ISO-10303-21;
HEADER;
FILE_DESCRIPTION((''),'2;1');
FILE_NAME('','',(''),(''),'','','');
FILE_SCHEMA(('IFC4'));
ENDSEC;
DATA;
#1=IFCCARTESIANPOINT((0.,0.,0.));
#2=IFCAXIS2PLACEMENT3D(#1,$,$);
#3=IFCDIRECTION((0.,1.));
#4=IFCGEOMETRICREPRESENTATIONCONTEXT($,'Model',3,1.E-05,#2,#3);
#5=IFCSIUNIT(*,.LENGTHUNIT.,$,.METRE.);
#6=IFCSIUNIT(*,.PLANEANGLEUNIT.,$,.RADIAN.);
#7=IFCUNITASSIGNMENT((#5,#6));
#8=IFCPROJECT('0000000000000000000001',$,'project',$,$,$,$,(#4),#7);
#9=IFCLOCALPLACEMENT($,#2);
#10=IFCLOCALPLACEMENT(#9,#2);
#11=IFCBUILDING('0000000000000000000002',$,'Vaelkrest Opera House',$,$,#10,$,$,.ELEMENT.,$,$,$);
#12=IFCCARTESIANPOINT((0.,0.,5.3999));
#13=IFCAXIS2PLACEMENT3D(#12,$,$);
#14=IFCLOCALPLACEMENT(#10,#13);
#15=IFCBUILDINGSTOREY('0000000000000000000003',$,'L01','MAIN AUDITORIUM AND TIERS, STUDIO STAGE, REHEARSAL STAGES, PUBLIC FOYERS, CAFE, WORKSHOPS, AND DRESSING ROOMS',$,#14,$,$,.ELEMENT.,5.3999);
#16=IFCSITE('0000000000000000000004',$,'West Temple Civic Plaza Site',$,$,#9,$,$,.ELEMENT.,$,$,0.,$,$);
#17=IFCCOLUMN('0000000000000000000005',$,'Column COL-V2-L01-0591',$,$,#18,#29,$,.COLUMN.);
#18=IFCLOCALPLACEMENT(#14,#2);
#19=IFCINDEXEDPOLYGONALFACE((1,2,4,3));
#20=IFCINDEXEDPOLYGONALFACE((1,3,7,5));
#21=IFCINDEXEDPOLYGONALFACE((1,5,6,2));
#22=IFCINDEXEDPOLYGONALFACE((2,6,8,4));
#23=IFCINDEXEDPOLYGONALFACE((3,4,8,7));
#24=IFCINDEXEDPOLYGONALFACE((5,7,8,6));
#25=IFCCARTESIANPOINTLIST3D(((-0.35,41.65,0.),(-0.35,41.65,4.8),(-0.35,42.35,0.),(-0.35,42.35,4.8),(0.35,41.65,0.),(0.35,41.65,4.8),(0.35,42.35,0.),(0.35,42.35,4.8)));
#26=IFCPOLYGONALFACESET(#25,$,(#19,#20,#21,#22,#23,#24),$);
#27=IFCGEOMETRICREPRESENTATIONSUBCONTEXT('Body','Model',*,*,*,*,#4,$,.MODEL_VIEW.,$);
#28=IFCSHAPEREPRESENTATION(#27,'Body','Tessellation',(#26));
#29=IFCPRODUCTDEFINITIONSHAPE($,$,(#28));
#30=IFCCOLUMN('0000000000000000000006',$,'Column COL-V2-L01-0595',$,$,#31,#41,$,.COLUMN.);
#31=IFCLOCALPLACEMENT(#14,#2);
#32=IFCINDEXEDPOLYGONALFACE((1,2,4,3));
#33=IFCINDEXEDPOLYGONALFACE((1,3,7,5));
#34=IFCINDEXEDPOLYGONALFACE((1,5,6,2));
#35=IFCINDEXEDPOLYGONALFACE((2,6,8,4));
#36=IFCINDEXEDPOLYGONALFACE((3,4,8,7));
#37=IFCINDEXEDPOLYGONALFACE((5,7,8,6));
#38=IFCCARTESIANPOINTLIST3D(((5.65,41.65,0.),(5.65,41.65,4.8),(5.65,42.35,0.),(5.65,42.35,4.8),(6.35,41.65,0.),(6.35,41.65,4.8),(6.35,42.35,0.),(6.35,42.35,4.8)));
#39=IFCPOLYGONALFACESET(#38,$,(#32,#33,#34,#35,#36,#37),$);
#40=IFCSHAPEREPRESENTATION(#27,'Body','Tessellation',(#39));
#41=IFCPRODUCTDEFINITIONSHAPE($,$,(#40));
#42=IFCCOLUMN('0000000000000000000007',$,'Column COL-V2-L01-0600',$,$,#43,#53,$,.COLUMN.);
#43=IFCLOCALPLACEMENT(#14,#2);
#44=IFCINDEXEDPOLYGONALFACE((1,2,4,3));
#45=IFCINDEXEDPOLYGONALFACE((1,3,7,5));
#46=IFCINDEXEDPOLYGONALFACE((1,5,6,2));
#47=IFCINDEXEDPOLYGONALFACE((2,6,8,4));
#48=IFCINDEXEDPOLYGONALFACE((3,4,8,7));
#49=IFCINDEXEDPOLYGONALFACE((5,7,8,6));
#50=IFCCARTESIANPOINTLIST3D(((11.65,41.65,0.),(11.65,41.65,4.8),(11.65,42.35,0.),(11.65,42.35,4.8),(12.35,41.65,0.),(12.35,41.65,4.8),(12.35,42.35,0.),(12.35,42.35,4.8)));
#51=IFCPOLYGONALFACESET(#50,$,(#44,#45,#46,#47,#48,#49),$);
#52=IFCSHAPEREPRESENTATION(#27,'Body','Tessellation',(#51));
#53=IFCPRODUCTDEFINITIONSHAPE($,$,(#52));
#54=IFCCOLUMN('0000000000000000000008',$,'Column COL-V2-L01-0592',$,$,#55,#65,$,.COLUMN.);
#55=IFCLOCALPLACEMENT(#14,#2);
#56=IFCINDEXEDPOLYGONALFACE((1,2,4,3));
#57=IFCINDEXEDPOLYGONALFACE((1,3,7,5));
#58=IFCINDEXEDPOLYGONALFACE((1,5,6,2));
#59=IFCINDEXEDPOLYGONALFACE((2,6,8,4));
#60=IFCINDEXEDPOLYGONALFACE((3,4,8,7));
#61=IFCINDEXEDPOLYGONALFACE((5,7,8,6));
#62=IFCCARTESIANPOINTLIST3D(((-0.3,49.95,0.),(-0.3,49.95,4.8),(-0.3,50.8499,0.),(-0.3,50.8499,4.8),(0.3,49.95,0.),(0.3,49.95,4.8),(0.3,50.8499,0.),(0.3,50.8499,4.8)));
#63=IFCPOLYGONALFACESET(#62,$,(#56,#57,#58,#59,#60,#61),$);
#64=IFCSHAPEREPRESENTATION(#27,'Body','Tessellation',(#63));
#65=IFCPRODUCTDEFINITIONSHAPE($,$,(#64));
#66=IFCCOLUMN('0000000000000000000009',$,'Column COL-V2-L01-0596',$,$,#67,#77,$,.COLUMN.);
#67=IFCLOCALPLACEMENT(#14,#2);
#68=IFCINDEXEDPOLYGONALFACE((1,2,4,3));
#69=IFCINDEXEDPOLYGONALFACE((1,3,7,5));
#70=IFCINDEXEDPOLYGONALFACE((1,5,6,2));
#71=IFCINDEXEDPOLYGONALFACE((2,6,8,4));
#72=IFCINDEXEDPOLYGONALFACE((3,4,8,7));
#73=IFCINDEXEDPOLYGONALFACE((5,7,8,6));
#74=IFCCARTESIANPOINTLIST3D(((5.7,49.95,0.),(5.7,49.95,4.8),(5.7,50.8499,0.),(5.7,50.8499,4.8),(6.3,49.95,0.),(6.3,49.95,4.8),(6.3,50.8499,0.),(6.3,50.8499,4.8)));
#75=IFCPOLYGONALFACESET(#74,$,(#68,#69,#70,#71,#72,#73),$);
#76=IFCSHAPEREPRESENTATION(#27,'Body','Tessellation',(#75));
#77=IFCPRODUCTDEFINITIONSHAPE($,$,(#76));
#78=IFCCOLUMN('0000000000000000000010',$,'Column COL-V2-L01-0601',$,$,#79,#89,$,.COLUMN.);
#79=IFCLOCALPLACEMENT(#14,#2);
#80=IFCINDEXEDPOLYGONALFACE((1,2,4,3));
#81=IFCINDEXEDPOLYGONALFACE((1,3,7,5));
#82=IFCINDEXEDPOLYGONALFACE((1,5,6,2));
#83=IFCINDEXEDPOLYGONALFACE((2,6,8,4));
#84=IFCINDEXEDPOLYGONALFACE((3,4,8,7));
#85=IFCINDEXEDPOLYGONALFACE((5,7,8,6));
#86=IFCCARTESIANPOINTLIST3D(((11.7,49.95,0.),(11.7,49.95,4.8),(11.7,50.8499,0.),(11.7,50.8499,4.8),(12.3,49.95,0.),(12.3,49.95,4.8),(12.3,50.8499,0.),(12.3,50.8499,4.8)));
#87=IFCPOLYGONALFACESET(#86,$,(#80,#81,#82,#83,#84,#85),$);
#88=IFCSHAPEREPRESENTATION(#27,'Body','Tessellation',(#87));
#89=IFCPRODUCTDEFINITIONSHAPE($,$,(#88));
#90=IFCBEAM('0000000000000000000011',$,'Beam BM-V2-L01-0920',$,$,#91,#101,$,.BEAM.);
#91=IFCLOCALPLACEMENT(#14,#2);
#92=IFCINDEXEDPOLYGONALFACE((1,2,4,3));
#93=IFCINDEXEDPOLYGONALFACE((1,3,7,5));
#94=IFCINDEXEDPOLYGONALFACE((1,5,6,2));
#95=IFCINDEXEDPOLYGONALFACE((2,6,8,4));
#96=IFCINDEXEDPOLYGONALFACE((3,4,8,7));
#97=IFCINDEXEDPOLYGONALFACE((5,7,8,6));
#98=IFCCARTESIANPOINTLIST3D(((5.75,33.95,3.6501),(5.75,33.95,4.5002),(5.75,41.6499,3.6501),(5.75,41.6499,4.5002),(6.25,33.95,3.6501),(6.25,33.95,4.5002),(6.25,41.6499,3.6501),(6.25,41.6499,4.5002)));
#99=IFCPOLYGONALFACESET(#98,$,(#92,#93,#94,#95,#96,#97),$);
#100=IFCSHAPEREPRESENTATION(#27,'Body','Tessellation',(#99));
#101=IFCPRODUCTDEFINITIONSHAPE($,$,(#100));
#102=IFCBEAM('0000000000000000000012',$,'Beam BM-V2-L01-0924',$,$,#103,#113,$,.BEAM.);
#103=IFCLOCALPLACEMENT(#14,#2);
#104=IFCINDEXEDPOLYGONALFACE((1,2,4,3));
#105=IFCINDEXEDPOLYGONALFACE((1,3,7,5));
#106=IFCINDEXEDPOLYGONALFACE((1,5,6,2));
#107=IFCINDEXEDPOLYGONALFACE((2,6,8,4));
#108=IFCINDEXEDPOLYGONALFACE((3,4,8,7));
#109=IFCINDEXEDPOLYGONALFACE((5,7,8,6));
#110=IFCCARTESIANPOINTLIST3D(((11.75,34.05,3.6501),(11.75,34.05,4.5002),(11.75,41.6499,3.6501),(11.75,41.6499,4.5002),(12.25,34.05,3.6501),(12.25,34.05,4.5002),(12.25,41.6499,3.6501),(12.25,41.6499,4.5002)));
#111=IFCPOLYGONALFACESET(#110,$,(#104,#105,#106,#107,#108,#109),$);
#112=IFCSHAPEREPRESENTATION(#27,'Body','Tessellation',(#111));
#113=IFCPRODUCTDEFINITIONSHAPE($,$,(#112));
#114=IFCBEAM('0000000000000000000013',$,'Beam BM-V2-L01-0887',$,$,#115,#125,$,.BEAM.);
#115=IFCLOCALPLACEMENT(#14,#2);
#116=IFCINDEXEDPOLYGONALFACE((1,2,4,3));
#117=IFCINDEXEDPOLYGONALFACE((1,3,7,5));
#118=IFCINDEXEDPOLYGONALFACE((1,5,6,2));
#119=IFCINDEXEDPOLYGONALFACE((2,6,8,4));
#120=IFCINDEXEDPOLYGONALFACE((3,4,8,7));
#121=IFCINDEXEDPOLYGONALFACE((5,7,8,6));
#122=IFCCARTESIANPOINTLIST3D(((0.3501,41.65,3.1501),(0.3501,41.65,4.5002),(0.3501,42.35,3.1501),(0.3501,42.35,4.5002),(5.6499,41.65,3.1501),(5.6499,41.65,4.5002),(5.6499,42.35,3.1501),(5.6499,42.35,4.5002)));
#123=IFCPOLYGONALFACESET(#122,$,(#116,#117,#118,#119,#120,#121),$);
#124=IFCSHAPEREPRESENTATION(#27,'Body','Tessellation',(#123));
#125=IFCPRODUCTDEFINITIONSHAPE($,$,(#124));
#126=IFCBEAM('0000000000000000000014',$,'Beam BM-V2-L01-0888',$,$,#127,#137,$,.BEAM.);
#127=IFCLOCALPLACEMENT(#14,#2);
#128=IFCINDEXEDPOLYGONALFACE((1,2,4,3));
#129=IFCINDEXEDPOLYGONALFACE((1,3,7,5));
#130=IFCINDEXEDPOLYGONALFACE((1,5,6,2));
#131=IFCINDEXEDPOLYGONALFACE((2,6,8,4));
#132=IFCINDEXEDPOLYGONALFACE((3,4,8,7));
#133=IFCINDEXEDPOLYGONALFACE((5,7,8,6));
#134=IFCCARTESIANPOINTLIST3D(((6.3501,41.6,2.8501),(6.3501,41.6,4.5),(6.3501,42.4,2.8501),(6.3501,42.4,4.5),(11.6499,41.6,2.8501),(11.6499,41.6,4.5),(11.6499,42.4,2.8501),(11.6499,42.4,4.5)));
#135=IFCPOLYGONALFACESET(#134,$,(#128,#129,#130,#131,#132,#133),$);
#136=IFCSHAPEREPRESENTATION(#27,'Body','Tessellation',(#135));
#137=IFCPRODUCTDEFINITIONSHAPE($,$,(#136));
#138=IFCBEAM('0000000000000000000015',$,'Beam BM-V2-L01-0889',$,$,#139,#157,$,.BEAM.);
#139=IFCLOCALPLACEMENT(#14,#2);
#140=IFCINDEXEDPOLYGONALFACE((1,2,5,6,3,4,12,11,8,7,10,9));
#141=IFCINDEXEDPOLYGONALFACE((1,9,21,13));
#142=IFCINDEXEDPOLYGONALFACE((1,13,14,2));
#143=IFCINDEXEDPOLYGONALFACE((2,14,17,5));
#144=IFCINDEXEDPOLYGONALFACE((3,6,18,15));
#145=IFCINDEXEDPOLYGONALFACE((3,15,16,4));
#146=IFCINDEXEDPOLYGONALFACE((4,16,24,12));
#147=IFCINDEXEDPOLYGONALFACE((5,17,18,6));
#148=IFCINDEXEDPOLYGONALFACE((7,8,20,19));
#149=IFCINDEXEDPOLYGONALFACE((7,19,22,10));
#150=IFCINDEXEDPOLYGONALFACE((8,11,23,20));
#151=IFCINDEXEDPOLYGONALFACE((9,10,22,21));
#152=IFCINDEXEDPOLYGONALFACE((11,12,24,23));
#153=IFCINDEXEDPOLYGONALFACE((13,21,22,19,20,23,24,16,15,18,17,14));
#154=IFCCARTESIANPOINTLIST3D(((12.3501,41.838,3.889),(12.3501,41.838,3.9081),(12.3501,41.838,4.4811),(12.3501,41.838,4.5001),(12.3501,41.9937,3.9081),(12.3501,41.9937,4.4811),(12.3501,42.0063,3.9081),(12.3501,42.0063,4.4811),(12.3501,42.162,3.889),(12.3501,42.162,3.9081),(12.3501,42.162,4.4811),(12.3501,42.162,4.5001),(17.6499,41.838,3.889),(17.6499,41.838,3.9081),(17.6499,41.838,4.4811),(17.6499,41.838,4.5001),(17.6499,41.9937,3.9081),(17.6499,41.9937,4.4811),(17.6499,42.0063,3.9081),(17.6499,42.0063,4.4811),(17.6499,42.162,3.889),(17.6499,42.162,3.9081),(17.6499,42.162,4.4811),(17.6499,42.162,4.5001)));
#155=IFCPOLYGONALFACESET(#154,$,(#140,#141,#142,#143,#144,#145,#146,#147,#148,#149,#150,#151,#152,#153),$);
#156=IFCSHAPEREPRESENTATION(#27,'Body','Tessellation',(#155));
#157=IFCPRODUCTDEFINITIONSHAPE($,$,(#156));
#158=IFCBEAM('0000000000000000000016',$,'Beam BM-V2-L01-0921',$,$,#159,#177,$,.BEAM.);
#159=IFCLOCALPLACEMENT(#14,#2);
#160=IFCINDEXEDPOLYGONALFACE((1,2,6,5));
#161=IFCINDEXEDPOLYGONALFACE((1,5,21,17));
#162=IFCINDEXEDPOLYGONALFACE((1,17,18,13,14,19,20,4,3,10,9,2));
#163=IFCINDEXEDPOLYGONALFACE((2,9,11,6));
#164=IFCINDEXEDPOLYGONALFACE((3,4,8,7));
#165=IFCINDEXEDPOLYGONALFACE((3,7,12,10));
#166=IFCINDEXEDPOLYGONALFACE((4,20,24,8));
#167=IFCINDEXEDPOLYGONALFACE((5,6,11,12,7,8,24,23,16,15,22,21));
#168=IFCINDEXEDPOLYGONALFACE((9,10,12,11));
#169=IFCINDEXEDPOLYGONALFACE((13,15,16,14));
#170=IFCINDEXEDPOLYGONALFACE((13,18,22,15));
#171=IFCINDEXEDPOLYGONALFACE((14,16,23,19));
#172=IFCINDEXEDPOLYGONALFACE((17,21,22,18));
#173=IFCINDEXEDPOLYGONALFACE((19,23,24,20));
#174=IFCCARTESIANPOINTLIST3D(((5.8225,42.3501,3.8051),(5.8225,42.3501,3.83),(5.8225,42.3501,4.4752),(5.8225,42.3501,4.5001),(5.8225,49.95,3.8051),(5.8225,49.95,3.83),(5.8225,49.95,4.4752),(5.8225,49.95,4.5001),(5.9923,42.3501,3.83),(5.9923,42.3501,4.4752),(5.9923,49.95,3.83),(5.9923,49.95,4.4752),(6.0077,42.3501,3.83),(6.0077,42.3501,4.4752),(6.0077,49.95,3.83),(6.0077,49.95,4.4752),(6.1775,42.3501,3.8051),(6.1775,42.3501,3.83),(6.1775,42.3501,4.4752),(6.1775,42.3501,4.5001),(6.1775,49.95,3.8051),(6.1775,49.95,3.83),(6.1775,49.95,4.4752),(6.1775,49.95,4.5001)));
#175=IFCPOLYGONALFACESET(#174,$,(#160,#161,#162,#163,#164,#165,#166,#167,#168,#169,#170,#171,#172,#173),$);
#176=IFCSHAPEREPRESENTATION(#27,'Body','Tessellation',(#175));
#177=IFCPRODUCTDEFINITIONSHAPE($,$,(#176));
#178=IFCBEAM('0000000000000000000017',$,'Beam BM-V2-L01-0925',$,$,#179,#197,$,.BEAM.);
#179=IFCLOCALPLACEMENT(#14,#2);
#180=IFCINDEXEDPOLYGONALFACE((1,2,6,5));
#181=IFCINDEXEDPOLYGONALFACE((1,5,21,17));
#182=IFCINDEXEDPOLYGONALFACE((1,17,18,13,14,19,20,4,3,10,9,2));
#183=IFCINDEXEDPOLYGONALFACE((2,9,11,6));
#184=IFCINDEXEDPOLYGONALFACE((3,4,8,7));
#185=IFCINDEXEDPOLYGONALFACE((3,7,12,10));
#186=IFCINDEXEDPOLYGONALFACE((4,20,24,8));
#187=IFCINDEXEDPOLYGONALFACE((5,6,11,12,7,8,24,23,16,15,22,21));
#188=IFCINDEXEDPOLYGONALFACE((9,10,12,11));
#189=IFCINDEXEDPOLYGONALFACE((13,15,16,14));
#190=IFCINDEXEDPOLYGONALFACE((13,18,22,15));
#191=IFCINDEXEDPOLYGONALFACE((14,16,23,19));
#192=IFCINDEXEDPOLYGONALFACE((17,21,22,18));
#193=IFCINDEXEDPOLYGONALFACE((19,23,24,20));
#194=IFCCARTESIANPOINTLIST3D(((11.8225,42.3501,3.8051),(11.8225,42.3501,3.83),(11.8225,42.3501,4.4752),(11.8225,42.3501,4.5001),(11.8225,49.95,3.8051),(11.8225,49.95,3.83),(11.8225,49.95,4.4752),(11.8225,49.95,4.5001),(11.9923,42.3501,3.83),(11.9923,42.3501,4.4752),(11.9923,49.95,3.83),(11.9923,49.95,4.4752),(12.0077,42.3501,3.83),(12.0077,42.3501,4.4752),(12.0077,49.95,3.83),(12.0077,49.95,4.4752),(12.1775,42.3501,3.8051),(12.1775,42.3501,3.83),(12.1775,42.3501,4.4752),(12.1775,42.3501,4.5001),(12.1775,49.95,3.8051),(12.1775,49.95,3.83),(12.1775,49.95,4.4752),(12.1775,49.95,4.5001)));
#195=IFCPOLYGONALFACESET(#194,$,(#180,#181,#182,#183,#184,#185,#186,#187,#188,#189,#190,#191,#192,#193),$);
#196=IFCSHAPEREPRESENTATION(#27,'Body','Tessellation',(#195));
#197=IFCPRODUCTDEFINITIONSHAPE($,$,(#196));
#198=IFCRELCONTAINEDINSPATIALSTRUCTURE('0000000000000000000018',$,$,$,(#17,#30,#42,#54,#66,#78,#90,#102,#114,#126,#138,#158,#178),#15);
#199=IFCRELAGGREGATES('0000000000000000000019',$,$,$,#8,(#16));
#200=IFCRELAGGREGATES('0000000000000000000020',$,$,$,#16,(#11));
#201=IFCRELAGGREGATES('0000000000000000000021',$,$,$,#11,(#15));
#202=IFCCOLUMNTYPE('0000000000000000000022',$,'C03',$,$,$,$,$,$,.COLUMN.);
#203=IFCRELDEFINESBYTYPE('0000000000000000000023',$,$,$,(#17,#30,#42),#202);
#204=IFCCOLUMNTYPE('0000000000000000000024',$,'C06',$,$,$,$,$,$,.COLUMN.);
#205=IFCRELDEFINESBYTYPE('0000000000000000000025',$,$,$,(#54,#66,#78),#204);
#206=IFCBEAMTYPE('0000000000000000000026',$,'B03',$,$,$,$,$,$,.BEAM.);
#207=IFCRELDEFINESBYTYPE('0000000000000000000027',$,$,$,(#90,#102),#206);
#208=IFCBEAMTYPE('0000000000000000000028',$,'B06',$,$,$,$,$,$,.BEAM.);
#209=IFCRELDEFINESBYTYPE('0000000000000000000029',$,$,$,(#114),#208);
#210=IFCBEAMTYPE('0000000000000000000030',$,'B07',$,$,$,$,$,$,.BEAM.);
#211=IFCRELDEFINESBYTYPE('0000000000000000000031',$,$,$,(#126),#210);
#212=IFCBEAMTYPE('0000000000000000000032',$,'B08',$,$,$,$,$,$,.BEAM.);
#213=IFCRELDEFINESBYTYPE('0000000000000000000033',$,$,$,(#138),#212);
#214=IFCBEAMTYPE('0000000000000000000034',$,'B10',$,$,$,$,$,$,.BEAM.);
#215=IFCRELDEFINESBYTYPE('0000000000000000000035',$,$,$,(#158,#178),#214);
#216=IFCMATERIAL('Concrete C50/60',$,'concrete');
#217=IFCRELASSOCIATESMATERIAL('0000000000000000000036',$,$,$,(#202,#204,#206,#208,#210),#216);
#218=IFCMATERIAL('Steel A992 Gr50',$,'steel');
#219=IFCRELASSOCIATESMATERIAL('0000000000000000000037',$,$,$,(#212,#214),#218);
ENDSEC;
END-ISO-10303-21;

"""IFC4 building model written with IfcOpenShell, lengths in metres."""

from ifc_helpers import new_model, si_unit, direction, frame, origin, origin_2d, place, context, subcontext, project, spatial, rectangle, i_section, extrude, material, material_profile, profile_set, type_object, element, save


model = new_model("IFC4")

# Units and contexts
model_context = context("Model", 3, precision=1e-05, world=origin(), true_north=direction((0.0, 1.0)))
body_context = subcontext(model_context, "Body", "Model", "MODEL_VIEW")
ifc_project = project(units=[si_unit("LENGTHUNIT", "METRE"), si_unit("PLANEANGLEUNIT", "RADIAN")], contexts=[model_context])

# Site, building, storey
site_placement = place(None, origin())
site = spatial("IfcSite", under=ifc_project, at=site_placement, Name="West Temple Civic Plaza Site", CompositionType="ELEMENT", RefElevation=0.0)
building_placement = place(site_placement, origin())
building = spatial("IfcBuilding", under=site, at=building_placement, Name="Vaelkrest Opera House", CompositionType="ELEMENT")
storey_placement = place(building_placement, frame((0.0, 0.0, 5.3999)))
storey = spatial("IfcBuildingStorey", under=building, at=storey_placement, Name="L01", Description="MAIN AUDITORIUM AND TIERS, STUDIO STAGE, REHEARSAL STAGES, PUBLIC FOYERS, CAFE, WORKSHOPS, AND DRESSING ROOMS", CompositionType="ELEMENT", Elevation=5.3999)

# Columns
ifc_material_1 = material(Name="Concrete C50/60", Category="concrete")
ifc_material_profile_1 = material_profile(ifc_material_1, rectangle(XDim=0.7, YDim=0.7, at=origin_2d()), Name="RC700X700")
ifc_profile_set_1 = profile_set([ifc_material_profile_1], Name="Concrete C50/60")
column_type_1 = type_object("IfcColumnType", Name="C03", PredefinedType="COLUMN", material=ifc_profile_set_1)
for number, where, z_axis, x_axis, name in (
    (1, (0.0, 42.0, 0.0), (0.0, 0.0, 1.0), (1.0, 0.0, 0.0), "Column COL-V2-L01-0591"),
    (2, (6.0, 42.0, 0.0), (0.0, 0.0, 1.0), (1.0, 0.0, 0.0), "Column COL-V2-L01-0595"),
    (3, (12.0, 42.0, 0.0), (0.0, 0.0, 1.0), (1.0, 0.0, 0.0), "Column COL-V2-L01-0600"),
):
    element("IfcColumn", number, at=place(storey_placement, frame(where, z_axis=z_axis, x_axis=x_axis)), inside=storey, type_object=column_type_1, Name=name, PredefinedType="COLUMN", context=body_context, shape_type="SweptSolid", body=[
        extrude(rectangle(XDim=0.7, YDim=0.7, at=origin_2d()), origin(), (0.0, 0.0, 1.0), 4.8),
    ])
ifc_material_profile_2 = material_profile(ifc_material_1, rectangle(XDim=0.6001, YDim=0.8999, at=origin_2d()), Name="RC600X900")
ifc_profile_set_2 = profile_set([ifc_material_profile_2], Name="Concrete C50/60")
column_type_2 = type_object("IfcColumnType", Name="C06", PredefinedType="COLUMN", material=ifc_profile_set_2)
for number, where, z_axis, x_axis, name in (
    (4, (0.0, 50.3999, 0.0), (0.0, 0.0, 1.0), (1.0, 0.0, 0.0), "Column COL-V2-L01-0592"),
    (5, (6.0, 50.3999, 0.0), (0.0, 0.0, 1.0), (1.0, 0.0, 0.0), "Column COL-V2-L01-0596"),
    (6, (12.0, 50.3999, 0.0), (0.0, 0.0, 1.0), (1.0, 0.0, 0.0), "Column COL-V2-L01-0601"),
):
    element("IfcColumn", number, at=place(storey_placement, frame(where, z_axis=z_axis, x_axis=x_axis)), inside=storey, type_object=column_type_2, Name=name, PredefinedType="COLUMN", context=body_context, shape_type="SweptSolid", body=[
        extrude(rectangle(XDim=0.6001, YDim=0.8999, at=origin_2d()), origin(), (0.0, 0.0, 1.0), 4.8),
    ])

# Beams
ifc_material_profile_3 = material_profile(ifc_material_1, rectangle(XDim=0.5, YDim=0.8501, at=origin_2d()), Name="RCB500X850")
ifc_profile_set_3 = profile_set([ifc_material_profile_3], Name="Concrete C50/60")
beam_type_1 = type_object("IfcBeamType", Name="B03", PredefinedType="BEAM", material=ifc_profile_set_3)
beam_1_placement = place(storey_placement, frame((6.0, 33.95, 4.0752), z_axis=(0.0, 1.0, 0.0), x_axis=(-1.0, 0.0, 0.0)))
element("IfcBeam", 7, at=beam_1_placement, inside=storey, type_object=beam_type_1, Name="Beam BM-V2-L01-0920", PredefinedType="BEAM", context=body_context, shape_type="SweptSolid", body=[
    extrude(rectangle(XDim=0.5, YDim=0.8501, at=origin_2d()), origin(), (0.0, 0.0, 1.0), 7.7),
])
beam_2_placement = place(storey_placement, frame((12.0, 34.05, 4.0752), z_axis=(0.0, 1.0, 0.0), x_axis=(-1.0, 0.0, 0.0)))
element("IfcBeam", 8, at=beam_2_placement, inside=storey, type_object=beam_type_1, Name="Beam BM-V2-L01-0924", PredefinedType="BEAM", context=body_context, shape_type="SweptSolid", body=[
    extrude(rectangle(XDim=0.5, YDim=0.8501, at=origin_2d()), origin(), (0.0, 0.0, 1.0), 7.5999),
])
ifc_material_profile_4 = material_profile(ifc_material_1, rectangle(XDim=0.7, YDim=1.3501, at=origin_2d()), Name="RCB700X1350")
ifc_profile_set_4 = profile_set([ifc_material_profile_4], Name="Concrete C50/60")
beam_type_2 = type_object("IfcBeamType", Name="B06", PredefinedType="BEAM", material=ifc_profile_set_4)
beam_3_placement = place(storey_placement, frame((0.3501, 42.0, 3.8252), z_axis=(1.0, 0.0, 0.0), x_axis=(0.0, 1.0, 0.0)))
element("IfcBeam", 9, at=beam_3_placement, inside=storey, type_object=beam_type_2, Name="Beam BM-V2-L01-0887", PredefinedType="BEAM", context=body_context, shape_type="SweptSolid", body=[
    extrude(rectangle(XDim=0.7, YDim=1.3501, at=origin_2d()), origin(), (0.0, 0.0, 1.0), 5.2998),
])
ifc_material_profile_5 = material_profile(ifc_material_1, rectangle(XDim=0.8, YDim=1.6499, at=origin_2d()), Name="RCB800X1650")
ifc_profile_set_5 = profile_set([ifc_material_profile_5], Name="Concrete C50/60")
beam_type_3 = type_object("IfcBeamType", Name="B07", PredefinedType="BEAM", material=ifc_profile_set_5)
beam_4_placement = place(storey_placement, frame((6.3501, 42.0, 3.675), z_axis=(1.0, 0.0, 0.0), x_axis=(0.0, 1.0, 0.0)))
element("IfcBeam", 10, at=beam_4_placement, inside=storey, type_object=beam_type_3, Name="Beam BM-V2-L01-0888", PredefinedType="BEAM", context=body_context, shape_type="SweptSolid", body=[
    extrude(rectangle(XDim=0.8, YDim=1.6499, at=origin_2d()), origin(), (0.0, 0.0, 1.0), 5.2998),
])
ifc_material_2 = material(Name="Steel A992 Gr50", Category="steel")
ifc_material_profile_6 = material_profile(ifc_material_2, i_section(OverallWidth=0.324, OverallDepth=0.6111, WebThickness=0.0127, FlangeThickness=0.019, at=origin_2d()), Name="W24X104")
ifc_profile_set_6 = profile_set([ifc_material_profile_6], Name="Steel A992 Gr50")
beam_type_4 = type_object("IfcBeamType", Name="B08", PredefinedType="BEAM", material=ifc_profile_set_6)
beam_5_placement = place(storey_placement, frame((12.3501, 42.0, 4.1946), z_axis=(1.0, 0.0, 0.0), x_axis=(0.0, 1.0, 0.0)))
element("IfcBeam", 11, at=beam_5_placement, inside=storey, type_object=beam_type_4, Name="Beam BM-V2-L01-0889", PredefinedType="BEAM", context=body_context, shape_type="SweptSolid", body=[
    extrude(i_section(OverallWidth=0.324, OverallDepth=0.6111, WebThickness=0.0127, FlangeThickness=0.019, at=origin_2d()), origin(), (0.0, 0.0, 1.0), 5.2998),
])
ifc_material_profile_7 = material_profile(ifc_material_2, i_section(OverallWidth=0.355, OverallDepth=0.6951, WebThickness=0.0154, FlangeThickness=0.0249, at=origin_2d()), Name="W27X146")
ifc_profile_set_7 = profile_set([ifc_material_profile_7], Name="Steel A992 Gr50")
beam_type_5 = type_object("IfcBeamType", Name="B10", PredefinedType="BEAM", material=ifc_profile_set_7)
for number, where, z_axis, x_axis, name in (
    (12, (6.0, 42.3501, 4.1526), (0.0, 1.0, 0.0), (-1.0, 0.0, 0.0), "Beam BM-V2-L01-0921"),
    (13, (12.0, 42.3501, 4.1526), (0.0, 1.0, 0.0), (-1.0, 0.0, 0.0), "Beam BM-V2-L01-0925"),
):
    element("IfcBeam", number, at=place(storey_placement, frame(where, z_axis=z_axis, x_axis=x_axis)), inside=storey, type_object=beam_type_5, Name=name, PredefinedType="BEAM", context=body_context, shape_type="SweptSolid", body=[
        extrude(i_section(OverallWidth=0.355, OverallDepth=0.6951, WebThickness=0.0154, FlangeThickness=0.0249, at=origin_2d()), origin(), (0.0, 0.0, 1.0), 7.5999),
    ])

save(model, "model.ifc")
